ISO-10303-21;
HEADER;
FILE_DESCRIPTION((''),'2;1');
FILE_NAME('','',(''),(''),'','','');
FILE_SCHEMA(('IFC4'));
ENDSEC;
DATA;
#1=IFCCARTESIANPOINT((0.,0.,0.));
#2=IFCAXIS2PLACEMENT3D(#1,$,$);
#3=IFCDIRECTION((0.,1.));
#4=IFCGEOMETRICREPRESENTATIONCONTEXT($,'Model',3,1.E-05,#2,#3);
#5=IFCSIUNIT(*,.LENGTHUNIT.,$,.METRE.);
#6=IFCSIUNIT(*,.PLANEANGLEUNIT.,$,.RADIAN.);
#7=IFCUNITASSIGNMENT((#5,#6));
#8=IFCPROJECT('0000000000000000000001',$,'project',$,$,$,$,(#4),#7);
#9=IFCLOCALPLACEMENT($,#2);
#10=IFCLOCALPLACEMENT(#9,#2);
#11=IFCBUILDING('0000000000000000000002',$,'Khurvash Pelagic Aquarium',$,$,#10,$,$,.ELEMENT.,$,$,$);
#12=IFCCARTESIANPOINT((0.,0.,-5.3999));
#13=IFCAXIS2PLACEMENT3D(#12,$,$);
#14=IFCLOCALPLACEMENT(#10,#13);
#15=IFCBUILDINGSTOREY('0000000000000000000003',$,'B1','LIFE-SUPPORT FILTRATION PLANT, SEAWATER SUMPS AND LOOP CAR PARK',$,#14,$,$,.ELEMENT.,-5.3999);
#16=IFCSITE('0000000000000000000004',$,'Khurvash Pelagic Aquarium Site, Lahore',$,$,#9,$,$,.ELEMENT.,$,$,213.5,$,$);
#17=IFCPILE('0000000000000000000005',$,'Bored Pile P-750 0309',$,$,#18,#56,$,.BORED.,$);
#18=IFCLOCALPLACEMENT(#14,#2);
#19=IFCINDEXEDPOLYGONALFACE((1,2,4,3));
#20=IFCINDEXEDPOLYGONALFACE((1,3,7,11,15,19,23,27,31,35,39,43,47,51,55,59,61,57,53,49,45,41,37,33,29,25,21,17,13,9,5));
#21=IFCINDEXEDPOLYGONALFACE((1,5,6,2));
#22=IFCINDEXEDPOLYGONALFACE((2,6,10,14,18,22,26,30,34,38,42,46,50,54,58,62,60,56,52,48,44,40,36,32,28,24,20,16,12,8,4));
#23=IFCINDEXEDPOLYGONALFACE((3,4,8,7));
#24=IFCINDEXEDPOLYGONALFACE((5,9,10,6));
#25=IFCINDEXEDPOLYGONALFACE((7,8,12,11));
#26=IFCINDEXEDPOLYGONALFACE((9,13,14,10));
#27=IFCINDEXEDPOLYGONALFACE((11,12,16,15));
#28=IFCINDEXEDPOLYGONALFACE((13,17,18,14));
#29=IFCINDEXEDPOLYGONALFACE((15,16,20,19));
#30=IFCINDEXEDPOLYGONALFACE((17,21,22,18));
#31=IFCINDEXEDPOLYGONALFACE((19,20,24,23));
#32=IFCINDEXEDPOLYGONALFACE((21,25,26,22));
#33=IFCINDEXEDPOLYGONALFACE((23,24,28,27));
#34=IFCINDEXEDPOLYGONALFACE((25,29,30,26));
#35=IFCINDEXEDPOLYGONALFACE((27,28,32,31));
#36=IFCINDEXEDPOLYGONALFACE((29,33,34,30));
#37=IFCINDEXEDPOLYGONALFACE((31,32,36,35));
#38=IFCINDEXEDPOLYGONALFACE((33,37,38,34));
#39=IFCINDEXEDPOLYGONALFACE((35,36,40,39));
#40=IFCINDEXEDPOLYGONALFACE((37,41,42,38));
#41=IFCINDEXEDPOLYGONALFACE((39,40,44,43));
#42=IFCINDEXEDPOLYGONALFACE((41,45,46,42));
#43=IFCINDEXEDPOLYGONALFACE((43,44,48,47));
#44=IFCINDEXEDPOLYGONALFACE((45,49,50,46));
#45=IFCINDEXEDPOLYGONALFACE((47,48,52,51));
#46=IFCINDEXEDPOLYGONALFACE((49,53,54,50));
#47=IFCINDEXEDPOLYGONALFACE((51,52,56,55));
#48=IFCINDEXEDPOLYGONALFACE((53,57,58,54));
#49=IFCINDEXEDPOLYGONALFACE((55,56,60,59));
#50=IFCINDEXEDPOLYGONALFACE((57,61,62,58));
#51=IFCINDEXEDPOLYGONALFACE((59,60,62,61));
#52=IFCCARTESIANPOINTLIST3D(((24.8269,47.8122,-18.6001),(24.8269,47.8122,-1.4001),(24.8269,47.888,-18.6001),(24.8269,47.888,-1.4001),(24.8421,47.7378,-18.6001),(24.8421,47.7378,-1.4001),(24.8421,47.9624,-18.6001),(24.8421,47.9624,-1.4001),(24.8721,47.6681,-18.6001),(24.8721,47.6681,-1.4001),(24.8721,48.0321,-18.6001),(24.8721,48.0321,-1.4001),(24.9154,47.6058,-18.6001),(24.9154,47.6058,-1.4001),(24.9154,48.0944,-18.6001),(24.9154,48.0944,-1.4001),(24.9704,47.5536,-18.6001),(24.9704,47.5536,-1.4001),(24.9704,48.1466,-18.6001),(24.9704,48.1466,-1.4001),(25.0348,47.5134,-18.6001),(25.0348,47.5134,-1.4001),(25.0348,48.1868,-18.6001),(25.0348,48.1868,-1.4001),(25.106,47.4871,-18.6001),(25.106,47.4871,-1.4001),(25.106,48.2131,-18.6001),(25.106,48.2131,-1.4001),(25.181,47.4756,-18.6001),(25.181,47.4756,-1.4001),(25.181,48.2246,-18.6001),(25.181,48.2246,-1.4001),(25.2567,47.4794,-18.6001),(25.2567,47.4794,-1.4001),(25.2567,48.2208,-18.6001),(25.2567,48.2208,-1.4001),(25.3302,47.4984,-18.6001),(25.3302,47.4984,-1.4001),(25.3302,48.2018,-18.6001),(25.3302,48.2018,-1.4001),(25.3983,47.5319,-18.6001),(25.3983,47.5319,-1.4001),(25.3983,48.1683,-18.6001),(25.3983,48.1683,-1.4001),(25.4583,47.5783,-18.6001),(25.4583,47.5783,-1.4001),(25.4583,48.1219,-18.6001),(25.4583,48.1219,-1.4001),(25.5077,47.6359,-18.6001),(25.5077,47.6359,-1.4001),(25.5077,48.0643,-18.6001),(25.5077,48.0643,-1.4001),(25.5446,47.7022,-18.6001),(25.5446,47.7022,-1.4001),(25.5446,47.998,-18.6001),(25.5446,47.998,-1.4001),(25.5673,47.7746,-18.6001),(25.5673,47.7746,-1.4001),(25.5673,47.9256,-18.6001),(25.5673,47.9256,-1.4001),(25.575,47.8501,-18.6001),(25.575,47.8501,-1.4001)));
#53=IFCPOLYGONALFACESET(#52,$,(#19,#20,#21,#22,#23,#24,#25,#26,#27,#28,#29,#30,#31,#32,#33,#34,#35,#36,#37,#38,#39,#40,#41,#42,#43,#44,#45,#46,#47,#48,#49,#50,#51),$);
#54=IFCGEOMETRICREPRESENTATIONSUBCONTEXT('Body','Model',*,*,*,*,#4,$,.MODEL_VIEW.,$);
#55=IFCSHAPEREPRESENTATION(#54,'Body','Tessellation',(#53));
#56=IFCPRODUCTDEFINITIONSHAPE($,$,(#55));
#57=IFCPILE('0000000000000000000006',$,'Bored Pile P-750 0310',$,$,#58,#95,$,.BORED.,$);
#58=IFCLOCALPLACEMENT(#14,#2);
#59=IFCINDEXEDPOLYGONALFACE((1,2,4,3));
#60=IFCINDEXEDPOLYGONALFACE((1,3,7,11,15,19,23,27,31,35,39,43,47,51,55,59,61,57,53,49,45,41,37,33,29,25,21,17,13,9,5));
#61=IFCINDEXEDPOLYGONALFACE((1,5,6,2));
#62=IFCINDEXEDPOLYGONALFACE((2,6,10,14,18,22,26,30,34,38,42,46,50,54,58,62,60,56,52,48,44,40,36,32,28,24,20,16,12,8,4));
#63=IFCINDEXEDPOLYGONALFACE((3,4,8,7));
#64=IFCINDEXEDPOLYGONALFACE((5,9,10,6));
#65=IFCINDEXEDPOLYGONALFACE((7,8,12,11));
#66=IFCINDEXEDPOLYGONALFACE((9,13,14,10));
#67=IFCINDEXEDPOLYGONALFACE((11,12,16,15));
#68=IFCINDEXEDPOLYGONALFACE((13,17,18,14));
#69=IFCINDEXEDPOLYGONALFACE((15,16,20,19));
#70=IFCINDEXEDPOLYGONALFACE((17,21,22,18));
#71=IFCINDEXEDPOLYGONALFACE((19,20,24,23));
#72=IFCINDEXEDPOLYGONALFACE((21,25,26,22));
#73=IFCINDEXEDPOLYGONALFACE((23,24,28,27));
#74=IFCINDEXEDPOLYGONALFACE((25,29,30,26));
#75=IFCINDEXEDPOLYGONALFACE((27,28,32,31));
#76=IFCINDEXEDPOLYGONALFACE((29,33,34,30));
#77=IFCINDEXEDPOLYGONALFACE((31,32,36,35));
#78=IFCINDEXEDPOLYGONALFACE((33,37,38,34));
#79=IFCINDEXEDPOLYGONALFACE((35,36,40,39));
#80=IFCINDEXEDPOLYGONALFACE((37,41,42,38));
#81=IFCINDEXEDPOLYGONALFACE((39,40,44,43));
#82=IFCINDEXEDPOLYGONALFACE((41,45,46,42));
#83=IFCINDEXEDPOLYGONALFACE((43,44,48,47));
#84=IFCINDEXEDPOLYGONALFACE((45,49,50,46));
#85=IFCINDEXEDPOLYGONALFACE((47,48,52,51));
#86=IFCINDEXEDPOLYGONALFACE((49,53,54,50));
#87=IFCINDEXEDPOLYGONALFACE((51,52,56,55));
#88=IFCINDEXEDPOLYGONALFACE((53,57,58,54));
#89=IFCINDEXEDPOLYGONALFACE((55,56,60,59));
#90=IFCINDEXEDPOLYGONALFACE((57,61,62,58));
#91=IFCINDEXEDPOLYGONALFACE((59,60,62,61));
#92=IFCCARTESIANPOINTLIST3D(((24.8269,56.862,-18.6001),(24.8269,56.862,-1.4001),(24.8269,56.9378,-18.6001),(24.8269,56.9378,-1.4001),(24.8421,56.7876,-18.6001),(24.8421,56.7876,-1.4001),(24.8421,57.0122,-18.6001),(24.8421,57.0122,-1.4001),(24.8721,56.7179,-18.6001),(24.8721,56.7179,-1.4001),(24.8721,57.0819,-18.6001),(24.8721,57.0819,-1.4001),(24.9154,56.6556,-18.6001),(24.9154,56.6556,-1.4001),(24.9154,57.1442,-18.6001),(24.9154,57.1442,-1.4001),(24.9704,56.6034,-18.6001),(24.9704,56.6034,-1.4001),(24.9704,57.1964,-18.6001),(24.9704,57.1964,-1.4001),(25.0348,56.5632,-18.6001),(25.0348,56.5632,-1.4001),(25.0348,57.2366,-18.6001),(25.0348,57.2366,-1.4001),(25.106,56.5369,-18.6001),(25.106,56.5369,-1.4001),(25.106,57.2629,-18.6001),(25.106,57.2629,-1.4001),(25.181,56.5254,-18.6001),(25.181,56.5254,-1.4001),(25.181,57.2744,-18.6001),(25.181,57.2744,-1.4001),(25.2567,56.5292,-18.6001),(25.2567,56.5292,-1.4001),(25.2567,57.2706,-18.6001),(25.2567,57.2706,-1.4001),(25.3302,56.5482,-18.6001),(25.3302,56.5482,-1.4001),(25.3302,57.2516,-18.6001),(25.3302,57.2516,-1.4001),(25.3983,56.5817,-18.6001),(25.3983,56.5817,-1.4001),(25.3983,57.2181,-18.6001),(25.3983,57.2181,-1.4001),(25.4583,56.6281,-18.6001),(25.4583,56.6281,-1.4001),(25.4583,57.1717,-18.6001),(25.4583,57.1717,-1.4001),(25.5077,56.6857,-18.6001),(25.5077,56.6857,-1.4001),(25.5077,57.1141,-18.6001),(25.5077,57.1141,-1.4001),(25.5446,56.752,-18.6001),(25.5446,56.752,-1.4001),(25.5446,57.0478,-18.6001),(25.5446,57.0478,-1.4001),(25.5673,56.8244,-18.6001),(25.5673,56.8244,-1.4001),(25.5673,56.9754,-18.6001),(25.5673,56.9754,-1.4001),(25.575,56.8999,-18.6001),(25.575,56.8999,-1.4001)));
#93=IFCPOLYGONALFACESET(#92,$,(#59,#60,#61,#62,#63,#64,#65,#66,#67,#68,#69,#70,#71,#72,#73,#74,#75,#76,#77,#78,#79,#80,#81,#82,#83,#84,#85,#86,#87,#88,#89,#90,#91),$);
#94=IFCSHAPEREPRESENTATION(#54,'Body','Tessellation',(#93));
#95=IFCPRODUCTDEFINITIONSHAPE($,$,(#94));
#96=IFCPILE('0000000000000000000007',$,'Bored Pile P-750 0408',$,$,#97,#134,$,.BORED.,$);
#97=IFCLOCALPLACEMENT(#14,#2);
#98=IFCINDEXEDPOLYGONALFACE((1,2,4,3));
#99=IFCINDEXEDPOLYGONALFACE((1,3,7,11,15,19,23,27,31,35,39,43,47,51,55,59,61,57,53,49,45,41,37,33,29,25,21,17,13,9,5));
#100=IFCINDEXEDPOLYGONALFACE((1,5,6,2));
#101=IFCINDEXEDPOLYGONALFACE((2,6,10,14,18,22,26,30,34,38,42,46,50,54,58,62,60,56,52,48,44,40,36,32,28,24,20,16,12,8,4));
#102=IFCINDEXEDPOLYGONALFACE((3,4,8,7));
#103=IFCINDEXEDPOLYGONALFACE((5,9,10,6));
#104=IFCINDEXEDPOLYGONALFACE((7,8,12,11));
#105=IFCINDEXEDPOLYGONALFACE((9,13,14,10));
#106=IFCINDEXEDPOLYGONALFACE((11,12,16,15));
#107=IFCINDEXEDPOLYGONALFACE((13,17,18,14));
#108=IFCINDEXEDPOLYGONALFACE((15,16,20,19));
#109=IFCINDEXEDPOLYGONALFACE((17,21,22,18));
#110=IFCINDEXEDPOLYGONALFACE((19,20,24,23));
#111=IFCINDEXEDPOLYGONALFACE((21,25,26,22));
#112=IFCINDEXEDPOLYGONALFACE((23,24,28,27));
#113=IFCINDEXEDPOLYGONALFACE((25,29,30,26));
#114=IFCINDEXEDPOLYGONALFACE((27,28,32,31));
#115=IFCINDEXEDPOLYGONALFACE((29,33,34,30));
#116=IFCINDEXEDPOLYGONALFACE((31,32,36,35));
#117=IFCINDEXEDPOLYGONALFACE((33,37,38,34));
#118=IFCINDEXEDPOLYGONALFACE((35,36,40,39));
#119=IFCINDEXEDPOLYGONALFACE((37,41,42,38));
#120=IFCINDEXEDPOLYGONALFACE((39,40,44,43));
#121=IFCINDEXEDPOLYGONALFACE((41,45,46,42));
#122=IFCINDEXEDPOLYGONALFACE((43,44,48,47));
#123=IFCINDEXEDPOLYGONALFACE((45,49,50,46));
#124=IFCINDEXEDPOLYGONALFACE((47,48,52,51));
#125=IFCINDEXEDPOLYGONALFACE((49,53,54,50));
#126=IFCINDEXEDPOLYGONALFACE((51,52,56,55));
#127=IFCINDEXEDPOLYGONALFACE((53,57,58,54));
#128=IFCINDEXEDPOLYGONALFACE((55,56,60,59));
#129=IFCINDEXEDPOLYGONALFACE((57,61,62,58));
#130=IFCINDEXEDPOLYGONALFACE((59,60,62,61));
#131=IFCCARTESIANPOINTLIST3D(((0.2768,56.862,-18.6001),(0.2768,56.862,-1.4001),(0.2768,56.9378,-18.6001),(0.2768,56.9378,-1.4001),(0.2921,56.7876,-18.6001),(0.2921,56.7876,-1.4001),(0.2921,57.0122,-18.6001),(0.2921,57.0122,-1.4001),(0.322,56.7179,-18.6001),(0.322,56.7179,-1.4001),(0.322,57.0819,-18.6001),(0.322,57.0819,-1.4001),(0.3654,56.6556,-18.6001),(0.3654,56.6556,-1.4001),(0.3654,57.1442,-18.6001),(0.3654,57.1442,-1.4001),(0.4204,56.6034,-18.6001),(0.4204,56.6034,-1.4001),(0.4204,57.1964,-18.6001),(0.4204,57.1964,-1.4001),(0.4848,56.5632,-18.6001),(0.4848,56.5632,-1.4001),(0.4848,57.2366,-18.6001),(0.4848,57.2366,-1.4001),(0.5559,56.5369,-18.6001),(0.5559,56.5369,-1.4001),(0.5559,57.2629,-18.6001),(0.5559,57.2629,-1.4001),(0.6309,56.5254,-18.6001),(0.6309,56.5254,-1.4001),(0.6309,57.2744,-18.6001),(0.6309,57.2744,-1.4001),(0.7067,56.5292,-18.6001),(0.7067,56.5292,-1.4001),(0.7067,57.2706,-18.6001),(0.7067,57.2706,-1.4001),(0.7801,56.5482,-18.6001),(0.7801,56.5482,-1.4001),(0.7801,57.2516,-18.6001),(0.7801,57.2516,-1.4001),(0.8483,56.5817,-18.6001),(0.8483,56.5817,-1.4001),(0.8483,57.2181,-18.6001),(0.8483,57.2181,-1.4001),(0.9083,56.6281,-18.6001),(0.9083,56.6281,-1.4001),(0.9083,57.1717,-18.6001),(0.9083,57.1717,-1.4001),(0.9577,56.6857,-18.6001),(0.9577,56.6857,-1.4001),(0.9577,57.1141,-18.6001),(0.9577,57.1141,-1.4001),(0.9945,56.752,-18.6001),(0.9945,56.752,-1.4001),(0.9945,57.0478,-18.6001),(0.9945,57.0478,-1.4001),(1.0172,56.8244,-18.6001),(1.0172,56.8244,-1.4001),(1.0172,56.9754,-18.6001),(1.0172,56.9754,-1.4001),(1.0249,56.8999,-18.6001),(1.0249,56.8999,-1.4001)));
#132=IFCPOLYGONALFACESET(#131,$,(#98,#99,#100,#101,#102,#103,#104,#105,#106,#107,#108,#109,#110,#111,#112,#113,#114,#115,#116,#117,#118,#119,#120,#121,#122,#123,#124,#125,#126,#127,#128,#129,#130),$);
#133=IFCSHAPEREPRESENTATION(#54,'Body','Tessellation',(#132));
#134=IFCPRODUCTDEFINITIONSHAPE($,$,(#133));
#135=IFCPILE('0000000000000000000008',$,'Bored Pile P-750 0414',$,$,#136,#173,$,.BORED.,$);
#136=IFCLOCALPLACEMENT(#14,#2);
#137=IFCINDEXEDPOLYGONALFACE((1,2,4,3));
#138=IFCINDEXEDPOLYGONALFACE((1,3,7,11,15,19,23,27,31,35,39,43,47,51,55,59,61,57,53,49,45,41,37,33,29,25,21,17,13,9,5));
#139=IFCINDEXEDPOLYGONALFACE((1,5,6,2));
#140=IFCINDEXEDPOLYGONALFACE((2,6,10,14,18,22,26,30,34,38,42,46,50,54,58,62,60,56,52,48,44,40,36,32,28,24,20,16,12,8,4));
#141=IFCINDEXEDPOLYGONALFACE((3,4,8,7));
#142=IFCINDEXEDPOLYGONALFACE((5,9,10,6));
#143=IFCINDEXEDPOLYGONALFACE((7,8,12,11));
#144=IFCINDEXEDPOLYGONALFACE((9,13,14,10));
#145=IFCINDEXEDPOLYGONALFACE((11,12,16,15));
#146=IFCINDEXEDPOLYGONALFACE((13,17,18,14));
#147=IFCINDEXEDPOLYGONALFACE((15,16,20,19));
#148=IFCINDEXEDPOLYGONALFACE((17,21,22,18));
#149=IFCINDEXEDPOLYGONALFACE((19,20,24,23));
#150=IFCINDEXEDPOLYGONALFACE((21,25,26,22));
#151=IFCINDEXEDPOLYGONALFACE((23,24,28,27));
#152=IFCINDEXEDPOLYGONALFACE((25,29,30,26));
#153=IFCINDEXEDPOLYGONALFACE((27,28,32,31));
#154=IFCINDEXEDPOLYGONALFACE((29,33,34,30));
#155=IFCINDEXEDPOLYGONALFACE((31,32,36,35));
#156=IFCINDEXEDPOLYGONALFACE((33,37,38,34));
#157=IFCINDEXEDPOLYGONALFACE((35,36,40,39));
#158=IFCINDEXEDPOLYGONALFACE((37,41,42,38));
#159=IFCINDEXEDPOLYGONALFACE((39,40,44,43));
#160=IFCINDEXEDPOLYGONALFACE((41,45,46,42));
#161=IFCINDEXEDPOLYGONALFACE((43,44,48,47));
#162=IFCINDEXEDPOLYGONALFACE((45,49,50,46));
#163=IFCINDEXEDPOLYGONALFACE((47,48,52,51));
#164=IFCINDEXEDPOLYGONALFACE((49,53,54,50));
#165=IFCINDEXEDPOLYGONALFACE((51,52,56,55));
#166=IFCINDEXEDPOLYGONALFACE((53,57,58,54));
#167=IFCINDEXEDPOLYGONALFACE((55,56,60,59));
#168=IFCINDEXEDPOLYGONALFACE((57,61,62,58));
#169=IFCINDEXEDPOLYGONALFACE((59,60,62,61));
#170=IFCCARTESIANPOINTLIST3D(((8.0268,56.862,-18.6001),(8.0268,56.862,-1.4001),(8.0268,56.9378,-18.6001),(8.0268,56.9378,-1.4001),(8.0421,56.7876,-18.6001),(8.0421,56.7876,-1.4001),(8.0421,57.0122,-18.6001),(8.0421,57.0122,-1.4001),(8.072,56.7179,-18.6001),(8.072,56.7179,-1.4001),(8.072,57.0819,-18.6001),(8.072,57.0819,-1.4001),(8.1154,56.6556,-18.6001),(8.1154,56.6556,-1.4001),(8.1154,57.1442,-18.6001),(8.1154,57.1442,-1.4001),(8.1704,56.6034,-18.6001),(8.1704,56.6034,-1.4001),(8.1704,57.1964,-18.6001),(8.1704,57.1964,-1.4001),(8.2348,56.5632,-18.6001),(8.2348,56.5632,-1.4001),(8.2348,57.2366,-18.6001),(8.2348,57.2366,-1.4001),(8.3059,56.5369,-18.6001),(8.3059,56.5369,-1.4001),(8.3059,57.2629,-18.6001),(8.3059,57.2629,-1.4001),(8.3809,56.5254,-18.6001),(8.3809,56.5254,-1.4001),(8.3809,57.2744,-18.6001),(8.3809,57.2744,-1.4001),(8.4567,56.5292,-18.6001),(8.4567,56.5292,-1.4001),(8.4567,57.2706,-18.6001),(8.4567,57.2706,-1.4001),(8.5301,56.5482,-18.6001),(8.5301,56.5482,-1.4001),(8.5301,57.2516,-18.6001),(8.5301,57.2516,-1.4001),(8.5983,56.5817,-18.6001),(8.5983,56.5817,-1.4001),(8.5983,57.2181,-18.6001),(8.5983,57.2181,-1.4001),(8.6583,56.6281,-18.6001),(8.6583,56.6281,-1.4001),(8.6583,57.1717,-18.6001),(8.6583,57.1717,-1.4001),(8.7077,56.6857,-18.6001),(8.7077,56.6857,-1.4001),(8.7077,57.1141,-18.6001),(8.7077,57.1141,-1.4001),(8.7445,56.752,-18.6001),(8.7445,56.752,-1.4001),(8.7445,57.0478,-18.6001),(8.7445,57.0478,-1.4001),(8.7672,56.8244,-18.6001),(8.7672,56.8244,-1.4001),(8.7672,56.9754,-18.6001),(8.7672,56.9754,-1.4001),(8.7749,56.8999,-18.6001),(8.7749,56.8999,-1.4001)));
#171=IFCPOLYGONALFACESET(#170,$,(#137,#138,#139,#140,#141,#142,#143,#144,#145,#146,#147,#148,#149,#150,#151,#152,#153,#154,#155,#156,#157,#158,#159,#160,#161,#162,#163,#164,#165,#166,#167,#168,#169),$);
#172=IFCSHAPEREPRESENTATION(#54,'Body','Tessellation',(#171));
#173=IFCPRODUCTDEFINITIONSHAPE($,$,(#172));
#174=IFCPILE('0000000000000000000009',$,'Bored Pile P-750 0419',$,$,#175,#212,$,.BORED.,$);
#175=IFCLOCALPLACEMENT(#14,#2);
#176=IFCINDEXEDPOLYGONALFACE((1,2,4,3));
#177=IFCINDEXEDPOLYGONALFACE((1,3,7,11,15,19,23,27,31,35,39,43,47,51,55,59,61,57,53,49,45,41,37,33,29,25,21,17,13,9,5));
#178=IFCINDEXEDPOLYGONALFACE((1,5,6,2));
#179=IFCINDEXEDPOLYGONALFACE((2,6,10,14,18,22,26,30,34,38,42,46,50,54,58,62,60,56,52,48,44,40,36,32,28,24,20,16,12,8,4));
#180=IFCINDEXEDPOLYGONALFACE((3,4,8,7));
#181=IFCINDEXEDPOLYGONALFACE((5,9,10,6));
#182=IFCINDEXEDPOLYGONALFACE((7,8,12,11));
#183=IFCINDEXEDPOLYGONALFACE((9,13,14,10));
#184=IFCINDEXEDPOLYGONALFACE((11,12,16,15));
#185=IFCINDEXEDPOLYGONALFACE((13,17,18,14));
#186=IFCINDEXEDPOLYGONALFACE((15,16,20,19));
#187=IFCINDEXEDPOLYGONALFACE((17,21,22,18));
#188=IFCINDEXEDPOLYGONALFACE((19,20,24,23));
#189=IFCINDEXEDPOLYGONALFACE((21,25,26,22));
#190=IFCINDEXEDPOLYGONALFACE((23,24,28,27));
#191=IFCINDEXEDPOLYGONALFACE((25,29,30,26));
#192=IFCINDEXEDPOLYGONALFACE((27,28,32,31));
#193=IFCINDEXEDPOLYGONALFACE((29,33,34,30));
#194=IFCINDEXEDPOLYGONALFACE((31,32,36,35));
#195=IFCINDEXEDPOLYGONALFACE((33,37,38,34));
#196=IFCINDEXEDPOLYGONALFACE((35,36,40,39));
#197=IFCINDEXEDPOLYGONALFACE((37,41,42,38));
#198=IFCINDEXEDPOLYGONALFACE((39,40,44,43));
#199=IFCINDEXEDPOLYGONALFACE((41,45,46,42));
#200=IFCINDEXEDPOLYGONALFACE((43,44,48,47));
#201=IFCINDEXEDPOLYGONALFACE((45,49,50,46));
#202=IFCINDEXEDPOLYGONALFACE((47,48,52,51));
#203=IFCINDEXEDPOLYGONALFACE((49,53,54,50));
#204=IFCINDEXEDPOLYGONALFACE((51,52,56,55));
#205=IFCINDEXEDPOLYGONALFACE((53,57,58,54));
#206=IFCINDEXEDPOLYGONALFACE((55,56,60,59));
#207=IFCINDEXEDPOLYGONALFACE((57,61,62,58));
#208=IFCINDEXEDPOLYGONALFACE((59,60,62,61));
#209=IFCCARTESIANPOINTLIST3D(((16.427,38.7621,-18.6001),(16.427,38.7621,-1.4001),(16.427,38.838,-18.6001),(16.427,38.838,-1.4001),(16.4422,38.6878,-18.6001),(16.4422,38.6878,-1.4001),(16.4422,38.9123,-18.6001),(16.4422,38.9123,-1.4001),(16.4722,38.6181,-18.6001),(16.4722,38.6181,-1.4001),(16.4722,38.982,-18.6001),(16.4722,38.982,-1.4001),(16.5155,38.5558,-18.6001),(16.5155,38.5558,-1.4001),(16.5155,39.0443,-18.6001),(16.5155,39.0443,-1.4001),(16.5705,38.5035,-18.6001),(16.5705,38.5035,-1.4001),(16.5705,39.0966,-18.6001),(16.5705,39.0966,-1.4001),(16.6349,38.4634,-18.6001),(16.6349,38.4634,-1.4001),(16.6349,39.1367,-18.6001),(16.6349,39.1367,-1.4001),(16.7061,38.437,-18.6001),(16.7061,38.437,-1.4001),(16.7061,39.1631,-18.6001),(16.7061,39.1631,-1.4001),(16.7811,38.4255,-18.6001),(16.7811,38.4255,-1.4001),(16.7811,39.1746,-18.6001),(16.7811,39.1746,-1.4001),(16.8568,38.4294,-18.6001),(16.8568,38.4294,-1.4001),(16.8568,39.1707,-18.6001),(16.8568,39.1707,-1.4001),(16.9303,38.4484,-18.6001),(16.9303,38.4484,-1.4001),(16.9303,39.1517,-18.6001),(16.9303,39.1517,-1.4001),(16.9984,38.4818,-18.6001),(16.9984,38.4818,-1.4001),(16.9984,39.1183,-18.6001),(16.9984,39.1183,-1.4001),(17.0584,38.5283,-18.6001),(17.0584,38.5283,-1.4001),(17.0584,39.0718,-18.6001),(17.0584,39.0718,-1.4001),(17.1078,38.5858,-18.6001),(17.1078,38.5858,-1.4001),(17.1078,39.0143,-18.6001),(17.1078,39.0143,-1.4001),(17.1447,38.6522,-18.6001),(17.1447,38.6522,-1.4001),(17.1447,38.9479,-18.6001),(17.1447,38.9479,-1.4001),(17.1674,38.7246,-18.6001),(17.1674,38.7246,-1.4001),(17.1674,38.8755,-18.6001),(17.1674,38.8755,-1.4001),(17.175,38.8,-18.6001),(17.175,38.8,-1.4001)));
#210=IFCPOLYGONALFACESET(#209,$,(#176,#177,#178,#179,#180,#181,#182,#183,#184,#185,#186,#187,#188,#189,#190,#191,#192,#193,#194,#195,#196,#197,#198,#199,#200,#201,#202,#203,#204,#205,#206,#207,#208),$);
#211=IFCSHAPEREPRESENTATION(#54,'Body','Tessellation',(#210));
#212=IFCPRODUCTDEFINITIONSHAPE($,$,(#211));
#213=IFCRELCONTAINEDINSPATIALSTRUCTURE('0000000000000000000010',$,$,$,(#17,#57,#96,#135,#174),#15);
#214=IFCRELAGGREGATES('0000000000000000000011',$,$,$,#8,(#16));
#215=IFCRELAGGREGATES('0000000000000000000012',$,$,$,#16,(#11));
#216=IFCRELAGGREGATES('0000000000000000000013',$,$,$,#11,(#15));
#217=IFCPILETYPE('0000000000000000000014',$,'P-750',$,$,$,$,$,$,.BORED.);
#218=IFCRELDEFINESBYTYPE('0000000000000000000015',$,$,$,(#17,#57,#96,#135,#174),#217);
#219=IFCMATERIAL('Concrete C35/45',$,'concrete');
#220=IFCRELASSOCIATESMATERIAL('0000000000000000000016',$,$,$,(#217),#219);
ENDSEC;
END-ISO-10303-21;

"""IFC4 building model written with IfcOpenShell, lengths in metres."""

from ifc_helpers import new_model, si_unit, direction, frame, origin, origin_2d, place, context, subcontext, project, spatial, circle, extrude, material, material_profile, profile_set, type_object, element, save


model = new_model("IFC4")

# Units and contexts
model_context = context("Model", 3, precision=1e-05, world=origin(), true_north=direction((0.0, 1.0)))
body_context = subcontext(model_context, "Body", "Model", "MODEL_VIEW")
ifc_project = project(units=[si_unit("LENGTHUNIT", "METRE"), si_unit("PLANEANGLEUNIT", "RADIAN")], contexts=[model_context])

# Site, building, storey
site_placement = place(None, origin())
site = spatial("IfcSite", under=ifc_project, at=site_placement, Name="Khurvash Pelagic Aquarium Site, Lahore", CompositionType="ELEMENT", RefElevation=213.5)
building_placement = place(site_placement, origin())
building = spatial("IfcBuilding", under=site, at=building_placement, Name="Khurvash Pelagic Aquarium", CompositionType="ELEMENT")
storey_placement = place(building_placement, frame((0.0, 0.0, -5.3999)))
storey = spatial("IfcBuildingStorey", under=building, at=storey_placement, Name="B1", Description="LIFE-SUPPORT FILTRATION PLANT, SEAWATER SUMPS AND LOOP CAR PARK", CompositionType="ELEMENT", Elevation=-5.3999)

# Shared definitions
ifc_material_1 = material(Name="Concrete C35/45", Category="concrete")

# Piles
ifc_material_profile_1 = material_profile(ifc_material_1, circle(Radius=0.375, at=origin_2d()), Name="PILE750")
ifc_profile_set_1 = profile_set([ifc_material_profile_1], Name="Concrete C35/45")
pile_type = type_object("IfcPileType", Name="P-750", PredefinedType="BORED", material=ifc_profile_set_1)
for number, where, z_axis, x_axis, name in (
    (1, (25.2, 47.8501, -1.4001), (0.0, 0.0, -1.0), (1.0, 0.0, 0.0), "Bored Pile P-750 0309"),
    (2, (25.2, 56.8999, -1.4001), (0.0, 0.0, -1.0), (1.0, 0.0, 0.0), "Bored Pile P-750 0310"),
    (3, (0.6499, 56.8999, -1.4001), (0.0, 0.0, -1.0), (1.0, 0.0, 0.0), "Bored Pile P-750 0408"),
    (4, (8.3999, 56.8999, -1.4001), (0.0, 0.0, -1.0), (1.0, 0.0, 0.0), "Bored Pile P-750 0414"),
    (5, (16.8, 38.8, -1.4001), (0.0, 0.0, -1.0), (1.0, 0.0, 0.0), "Bored Pile P-750 0419"),
):
    element("IfcPile", number, at=place(storey_placement, frame(where, z_axis=z_axis, x_axis=x_axis)), inside=storey, type_object=pile_type, Name=name, PredefinedType="BORED", context=body_context, shape_type="SweptSolid", body=[
        extrude(circle(Radius=0.375, at=origin_2d()), origin(), (0.0, 0.0, 1.0), 17.2),
    ])

save(model, "model.ifc")
